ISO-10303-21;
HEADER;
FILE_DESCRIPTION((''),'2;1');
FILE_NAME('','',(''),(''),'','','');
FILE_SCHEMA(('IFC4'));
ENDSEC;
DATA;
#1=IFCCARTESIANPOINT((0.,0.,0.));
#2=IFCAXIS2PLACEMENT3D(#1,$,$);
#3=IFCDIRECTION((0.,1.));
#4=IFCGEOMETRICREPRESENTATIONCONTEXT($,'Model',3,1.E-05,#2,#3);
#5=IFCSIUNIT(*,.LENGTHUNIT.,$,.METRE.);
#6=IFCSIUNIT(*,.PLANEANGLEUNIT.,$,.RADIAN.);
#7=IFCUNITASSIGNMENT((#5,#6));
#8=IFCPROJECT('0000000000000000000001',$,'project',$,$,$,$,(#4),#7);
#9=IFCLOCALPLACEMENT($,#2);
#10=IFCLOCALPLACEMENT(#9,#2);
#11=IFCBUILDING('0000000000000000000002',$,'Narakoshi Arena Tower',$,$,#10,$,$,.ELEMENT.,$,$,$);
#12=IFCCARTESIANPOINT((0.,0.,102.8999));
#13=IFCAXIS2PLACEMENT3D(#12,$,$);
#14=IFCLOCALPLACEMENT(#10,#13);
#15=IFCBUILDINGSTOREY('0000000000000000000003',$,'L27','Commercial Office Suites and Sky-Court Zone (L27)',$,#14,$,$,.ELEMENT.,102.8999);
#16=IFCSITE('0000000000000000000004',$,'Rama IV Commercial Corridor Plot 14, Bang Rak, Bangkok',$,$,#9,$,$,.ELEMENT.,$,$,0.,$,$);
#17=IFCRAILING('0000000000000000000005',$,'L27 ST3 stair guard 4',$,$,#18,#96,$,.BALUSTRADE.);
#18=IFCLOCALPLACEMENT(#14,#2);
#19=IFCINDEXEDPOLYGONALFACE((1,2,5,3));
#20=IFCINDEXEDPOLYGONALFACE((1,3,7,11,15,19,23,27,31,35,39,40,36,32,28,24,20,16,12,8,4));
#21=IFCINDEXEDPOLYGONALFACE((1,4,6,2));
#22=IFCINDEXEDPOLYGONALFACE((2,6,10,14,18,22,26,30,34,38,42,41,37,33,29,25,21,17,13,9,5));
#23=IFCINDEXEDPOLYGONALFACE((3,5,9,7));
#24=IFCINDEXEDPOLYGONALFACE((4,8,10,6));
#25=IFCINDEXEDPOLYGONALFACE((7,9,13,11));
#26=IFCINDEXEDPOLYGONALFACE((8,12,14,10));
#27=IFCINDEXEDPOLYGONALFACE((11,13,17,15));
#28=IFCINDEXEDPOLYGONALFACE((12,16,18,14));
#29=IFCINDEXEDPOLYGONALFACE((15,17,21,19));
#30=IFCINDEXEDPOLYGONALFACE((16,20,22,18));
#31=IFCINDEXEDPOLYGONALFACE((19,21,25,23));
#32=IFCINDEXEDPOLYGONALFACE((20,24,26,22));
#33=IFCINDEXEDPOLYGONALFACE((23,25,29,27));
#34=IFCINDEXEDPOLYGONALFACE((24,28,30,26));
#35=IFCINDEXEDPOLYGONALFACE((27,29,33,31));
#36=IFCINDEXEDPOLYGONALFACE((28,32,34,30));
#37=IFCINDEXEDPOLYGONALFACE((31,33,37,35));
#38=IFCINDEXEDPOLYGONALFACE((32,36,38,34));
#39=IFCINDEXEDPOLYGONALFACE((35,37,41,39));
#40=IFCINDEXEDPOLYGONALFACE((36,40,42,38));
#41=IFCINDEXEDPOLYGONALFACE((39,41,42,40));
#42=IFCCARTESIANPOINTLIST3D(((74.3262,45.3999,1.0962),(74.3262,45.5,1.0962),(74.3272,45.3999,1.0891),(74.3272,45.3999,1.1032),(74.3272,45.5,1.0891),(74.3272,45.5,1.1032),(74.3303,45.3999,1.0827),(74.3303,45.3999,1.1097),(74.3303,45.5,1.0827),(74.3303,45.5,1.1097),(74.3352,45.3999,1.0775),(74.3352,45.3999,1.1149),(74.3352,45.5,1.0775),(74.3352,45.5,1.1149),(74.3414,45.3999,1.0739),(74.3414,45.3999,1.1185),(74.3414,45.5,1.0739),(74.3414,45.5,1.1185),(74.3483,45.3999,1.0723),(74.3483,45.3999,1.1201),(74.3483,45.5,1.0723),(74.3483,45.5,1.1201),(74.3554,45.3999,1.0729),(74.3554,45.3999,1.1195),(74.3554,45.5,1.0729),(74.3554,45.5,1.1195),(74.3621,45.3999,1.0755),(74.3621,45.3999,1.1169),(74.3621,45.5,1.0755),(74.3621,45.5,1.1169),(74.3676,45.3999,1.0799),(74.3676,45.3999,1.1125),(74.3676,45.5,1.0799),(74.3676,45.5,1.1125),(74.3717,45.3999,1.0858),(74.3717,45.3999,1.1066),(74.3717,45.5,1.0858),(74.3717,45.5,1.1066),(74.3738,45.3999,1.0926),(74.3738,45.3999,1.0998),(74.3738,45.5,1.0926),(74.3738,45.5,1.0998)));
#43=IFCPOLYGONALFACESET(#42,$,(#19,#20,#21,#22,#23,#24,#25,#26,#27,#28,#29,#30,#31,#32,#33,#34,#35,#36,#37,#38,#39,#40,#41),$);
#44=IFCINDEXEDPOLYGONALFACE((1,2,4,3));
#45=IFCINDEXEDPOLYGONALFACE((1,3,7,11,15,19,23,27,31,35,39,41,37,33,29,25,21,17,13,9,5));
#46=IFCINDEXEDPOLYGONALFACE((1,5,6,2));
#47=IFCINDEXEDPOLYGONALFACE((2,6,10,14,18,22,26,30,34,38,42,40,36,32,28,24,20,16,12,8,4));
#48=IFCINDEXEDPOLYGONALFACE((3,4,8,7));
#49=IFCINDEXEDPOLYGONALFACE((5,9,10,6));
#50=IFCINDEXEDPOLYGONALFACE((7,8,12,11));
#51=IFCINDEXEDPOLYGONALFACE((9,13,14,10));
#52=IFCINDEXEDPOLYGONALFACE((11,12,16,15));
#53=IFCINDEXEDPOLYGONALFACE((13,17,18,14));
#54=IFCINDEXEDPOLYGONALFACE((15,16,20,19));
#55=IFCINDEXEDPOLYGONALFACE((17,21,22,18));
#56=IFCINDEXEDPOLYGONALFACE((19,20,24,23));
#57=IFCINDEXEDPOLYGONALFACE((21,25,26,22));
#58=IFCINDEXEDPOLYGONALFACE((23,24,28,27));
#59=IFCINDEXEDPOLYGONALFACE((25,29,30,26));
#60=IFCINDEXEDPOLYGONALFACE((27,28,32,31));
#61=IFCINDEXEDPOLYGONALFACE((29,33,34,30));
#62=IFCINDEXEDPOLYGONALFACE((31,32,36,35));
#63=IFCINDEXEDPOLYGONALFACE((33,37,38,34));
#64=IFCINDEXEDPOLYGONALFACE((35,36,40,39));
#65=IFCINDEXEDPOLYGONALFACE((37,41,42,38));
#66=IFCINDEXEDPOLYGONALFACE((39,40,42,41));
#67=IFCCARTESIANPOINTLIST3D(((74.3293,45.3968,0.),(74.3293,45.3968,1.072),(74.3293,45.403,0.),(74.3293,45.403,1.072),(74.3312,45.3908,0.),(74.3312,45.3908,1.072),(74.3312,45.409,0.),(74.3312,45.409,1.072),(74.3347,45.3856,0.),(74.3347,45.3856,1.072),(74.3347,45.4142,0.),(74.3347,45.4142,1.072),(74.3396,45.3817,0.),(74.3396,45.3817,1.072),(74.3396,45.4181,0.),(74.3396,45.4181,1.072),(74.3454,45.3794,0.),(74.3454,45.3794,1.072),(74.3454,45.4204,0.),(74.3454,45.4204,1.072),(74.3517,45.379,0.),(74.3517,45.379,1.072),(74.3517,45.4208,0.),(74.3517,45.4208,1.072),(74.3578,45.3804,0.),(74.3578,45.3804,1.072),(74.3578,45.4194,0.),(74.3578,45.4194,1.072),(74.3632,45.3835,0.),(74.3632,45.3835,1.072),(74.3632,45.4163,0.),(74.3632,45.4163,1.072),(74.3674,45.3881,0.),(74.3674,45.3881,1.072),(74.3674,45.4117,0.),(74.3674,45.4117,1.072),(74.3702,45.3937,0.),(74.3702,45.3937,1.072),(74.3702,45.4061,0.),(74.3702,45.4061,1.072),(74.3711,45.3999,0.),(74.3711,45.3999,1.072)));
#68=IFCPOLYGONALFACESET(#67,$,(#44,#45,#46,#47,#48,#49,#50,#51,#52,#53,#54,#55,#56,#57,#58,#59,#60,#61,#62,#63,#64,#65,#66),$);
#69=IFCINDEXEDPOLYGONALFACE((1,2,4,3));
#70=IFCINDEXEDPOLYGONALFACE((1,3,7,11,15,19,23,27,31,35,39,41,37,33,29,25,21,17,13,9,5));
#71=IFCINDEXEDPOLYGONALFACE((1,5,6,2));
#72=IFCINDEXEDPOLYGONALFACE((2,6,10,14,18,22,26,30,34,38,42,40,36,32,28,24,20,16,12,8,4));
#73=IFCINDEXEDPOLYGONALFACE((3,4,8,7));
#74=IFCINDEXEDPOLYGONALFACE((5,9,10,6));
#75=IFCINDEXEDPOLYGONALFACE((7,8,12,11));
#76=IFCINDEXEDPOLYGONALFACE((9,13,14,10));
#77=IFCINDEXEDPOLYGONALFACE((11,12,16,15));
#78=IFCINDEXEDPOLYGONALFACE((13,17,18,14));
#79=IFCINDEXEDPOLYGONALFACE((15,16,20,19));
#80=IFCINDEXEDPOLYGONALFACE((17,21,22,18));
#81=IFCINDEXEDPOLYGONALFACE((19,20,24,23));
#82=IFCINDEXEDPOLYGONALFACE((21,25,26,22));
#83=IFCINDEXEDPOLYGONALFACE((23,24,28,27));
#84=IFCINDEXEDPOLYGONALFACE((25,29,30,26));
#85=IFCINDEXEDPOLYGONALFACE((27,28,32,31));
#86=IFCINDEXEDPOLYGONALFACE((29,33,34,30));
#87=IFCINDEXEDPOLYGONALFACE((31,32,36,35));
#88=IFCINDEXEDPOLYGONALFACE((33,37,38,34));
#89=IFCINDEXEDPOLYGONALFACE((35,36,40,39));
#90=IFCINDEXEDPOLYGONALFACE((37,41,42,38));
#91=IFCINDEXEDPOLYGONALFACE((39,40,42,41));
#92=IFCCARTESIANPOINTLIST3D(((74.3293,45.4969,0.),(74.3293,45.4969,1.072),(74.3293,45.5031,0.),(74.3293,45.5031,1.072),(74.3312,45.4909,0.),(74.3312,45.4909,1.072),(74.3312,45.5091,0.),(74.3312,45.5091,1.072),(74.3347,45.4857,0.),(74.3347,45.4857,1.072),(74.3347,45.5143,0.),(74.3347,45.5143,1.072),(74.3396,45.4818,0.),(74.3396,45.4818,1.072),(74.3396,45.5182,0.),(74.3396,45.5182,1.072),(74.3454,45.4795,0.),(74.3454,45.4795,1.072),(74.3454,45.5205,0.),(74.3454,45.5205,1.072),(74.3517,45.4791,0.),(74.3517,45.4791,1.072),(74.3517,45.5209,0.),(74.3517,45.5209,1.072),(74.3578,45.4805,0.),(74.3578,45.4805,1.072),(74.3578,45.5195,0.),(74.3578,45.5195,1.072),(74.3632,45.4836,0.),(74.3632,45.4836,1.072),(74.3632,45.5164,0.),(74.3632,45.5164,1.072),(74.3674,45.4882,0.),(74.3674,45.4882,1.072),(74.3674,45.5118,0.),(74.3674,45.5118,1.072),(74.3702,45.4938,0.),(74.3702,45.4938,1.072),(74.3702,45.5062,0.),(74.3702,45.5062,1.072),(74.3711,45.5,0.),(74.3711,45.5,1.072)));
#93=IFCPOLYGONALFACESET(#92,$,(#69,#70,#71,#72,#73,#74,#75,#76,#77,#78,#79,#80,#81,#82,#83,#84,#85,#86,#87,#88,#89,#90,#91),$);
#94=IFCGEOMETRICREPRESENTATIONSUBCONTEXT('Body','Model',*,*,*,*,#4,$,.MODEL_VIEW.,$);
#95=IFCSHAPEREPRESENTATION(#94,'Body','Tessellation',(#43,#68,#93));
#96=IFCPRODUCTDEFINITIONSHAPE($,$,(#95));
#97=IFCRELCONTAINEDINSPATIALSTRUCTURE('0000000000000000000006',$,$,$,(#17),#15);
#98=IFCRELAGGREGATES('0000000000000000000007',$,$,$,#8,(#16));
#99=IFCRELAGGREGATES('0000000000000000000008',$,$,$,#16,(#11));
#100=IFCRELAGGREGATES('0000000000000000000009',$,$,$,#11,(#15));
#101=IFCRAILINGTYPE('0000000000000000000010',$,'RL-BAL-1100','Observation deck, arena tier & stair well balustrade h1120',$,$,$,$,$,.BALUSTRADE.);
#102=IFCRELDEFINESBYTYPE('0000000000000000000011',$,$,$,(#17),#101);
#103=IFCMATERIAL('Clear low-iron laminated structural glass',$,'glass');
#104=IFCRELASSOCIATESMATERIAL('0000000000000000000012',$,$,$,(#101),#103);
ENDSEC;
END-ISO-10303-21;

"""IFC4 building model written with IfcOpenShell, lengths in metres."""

from ifc_helpers import new_model, si_unit, direction, frame, origin, origin_2d, place, context, subcontext, project, spatial, circle, extrude, material, type_object, element, save


model = new_model("IFC4")

# Units and contexts
model_context = context("Model", 3, precision=1e-05, world=origin(), true_north=direction((0.0, 1.0)))
body_context = subcontext(model_context, "Body", "Model", "MODEL_VIEW")
ifc_project = project(units=[si_unit("LENGTHUNIT", "METRE"), si_unit("PLANEANGLEUNIT", "RADIAN")], contexts=[model_context])

# Site, building, storey
site_placement = place(None, origin())
site = spatial("IfcSite", under=ifc_project, at=site_placement, Name="Rama IV Commercial Corridor Plot 14, Bang Rak, Bangkok", CompositionType="ELEMENT", RefElevation=0.0)
building_placement = place(site_placement, origin())
building = spatial("IfcBuilding", under=site, at=building_placement, Name="Narakoshi Arena Tower", CompositionType="ELEMENT")
storey_placement = place(building_placement, frame((0.0, 0.0, 102.8999)))
storey = spatial("IfcBuildingStorey", under=building, at=storey_placement, Name="L27", Description="Commercial Office Suites and Sky-Court Zone (L27)", CompositionType="ELEMENT", Elevation=102.8999)

# Railing
ifc_material_1 = material(Name="Clear low-iron laminated structural glass", Category="glass")
railing_type_1 = type_object("IfcRailingType", Name="RL-BAL-1100", Description="Observation deck, arena tier & stair well balustrade h1120", PredefinedType="BALUSTRADE", material=ifc_material_1)
for number, where, name in (
    (1, (74.3501, 45.3999, 0.0), "L27 ST3 stair guard 4"),
):
    element("IfcRailing", number, at=place(storey_placement, frame(where)), inside=storey, type_object=railing_type_1, Name=name, PredefinedType="BALUSTRADE", context=body_context, shape_type="SweptSolid", body=[
        extrude(circle(Radius=0.0239, at=origin_2d()), frame((0.0, 0.0, 1.0962), z_axis=(0.0, 1.0, 0.0), x_axis=(-1.0, 0.0, 0.0)), (0.0, 0.0, 1.0), 0.1001),
        extrude(circle(Radius=0.021, at=origin_2d()), origin(), (0.0, 0.0, 1.0), 1.072),
        extrude(circle(Radius=0.021, at=origin_2d()), frame((0.0, 0.1001, 0.0)), (0.0, 0.0, 1.0), 1.072),
    ])

save(model, "model.ifc")
